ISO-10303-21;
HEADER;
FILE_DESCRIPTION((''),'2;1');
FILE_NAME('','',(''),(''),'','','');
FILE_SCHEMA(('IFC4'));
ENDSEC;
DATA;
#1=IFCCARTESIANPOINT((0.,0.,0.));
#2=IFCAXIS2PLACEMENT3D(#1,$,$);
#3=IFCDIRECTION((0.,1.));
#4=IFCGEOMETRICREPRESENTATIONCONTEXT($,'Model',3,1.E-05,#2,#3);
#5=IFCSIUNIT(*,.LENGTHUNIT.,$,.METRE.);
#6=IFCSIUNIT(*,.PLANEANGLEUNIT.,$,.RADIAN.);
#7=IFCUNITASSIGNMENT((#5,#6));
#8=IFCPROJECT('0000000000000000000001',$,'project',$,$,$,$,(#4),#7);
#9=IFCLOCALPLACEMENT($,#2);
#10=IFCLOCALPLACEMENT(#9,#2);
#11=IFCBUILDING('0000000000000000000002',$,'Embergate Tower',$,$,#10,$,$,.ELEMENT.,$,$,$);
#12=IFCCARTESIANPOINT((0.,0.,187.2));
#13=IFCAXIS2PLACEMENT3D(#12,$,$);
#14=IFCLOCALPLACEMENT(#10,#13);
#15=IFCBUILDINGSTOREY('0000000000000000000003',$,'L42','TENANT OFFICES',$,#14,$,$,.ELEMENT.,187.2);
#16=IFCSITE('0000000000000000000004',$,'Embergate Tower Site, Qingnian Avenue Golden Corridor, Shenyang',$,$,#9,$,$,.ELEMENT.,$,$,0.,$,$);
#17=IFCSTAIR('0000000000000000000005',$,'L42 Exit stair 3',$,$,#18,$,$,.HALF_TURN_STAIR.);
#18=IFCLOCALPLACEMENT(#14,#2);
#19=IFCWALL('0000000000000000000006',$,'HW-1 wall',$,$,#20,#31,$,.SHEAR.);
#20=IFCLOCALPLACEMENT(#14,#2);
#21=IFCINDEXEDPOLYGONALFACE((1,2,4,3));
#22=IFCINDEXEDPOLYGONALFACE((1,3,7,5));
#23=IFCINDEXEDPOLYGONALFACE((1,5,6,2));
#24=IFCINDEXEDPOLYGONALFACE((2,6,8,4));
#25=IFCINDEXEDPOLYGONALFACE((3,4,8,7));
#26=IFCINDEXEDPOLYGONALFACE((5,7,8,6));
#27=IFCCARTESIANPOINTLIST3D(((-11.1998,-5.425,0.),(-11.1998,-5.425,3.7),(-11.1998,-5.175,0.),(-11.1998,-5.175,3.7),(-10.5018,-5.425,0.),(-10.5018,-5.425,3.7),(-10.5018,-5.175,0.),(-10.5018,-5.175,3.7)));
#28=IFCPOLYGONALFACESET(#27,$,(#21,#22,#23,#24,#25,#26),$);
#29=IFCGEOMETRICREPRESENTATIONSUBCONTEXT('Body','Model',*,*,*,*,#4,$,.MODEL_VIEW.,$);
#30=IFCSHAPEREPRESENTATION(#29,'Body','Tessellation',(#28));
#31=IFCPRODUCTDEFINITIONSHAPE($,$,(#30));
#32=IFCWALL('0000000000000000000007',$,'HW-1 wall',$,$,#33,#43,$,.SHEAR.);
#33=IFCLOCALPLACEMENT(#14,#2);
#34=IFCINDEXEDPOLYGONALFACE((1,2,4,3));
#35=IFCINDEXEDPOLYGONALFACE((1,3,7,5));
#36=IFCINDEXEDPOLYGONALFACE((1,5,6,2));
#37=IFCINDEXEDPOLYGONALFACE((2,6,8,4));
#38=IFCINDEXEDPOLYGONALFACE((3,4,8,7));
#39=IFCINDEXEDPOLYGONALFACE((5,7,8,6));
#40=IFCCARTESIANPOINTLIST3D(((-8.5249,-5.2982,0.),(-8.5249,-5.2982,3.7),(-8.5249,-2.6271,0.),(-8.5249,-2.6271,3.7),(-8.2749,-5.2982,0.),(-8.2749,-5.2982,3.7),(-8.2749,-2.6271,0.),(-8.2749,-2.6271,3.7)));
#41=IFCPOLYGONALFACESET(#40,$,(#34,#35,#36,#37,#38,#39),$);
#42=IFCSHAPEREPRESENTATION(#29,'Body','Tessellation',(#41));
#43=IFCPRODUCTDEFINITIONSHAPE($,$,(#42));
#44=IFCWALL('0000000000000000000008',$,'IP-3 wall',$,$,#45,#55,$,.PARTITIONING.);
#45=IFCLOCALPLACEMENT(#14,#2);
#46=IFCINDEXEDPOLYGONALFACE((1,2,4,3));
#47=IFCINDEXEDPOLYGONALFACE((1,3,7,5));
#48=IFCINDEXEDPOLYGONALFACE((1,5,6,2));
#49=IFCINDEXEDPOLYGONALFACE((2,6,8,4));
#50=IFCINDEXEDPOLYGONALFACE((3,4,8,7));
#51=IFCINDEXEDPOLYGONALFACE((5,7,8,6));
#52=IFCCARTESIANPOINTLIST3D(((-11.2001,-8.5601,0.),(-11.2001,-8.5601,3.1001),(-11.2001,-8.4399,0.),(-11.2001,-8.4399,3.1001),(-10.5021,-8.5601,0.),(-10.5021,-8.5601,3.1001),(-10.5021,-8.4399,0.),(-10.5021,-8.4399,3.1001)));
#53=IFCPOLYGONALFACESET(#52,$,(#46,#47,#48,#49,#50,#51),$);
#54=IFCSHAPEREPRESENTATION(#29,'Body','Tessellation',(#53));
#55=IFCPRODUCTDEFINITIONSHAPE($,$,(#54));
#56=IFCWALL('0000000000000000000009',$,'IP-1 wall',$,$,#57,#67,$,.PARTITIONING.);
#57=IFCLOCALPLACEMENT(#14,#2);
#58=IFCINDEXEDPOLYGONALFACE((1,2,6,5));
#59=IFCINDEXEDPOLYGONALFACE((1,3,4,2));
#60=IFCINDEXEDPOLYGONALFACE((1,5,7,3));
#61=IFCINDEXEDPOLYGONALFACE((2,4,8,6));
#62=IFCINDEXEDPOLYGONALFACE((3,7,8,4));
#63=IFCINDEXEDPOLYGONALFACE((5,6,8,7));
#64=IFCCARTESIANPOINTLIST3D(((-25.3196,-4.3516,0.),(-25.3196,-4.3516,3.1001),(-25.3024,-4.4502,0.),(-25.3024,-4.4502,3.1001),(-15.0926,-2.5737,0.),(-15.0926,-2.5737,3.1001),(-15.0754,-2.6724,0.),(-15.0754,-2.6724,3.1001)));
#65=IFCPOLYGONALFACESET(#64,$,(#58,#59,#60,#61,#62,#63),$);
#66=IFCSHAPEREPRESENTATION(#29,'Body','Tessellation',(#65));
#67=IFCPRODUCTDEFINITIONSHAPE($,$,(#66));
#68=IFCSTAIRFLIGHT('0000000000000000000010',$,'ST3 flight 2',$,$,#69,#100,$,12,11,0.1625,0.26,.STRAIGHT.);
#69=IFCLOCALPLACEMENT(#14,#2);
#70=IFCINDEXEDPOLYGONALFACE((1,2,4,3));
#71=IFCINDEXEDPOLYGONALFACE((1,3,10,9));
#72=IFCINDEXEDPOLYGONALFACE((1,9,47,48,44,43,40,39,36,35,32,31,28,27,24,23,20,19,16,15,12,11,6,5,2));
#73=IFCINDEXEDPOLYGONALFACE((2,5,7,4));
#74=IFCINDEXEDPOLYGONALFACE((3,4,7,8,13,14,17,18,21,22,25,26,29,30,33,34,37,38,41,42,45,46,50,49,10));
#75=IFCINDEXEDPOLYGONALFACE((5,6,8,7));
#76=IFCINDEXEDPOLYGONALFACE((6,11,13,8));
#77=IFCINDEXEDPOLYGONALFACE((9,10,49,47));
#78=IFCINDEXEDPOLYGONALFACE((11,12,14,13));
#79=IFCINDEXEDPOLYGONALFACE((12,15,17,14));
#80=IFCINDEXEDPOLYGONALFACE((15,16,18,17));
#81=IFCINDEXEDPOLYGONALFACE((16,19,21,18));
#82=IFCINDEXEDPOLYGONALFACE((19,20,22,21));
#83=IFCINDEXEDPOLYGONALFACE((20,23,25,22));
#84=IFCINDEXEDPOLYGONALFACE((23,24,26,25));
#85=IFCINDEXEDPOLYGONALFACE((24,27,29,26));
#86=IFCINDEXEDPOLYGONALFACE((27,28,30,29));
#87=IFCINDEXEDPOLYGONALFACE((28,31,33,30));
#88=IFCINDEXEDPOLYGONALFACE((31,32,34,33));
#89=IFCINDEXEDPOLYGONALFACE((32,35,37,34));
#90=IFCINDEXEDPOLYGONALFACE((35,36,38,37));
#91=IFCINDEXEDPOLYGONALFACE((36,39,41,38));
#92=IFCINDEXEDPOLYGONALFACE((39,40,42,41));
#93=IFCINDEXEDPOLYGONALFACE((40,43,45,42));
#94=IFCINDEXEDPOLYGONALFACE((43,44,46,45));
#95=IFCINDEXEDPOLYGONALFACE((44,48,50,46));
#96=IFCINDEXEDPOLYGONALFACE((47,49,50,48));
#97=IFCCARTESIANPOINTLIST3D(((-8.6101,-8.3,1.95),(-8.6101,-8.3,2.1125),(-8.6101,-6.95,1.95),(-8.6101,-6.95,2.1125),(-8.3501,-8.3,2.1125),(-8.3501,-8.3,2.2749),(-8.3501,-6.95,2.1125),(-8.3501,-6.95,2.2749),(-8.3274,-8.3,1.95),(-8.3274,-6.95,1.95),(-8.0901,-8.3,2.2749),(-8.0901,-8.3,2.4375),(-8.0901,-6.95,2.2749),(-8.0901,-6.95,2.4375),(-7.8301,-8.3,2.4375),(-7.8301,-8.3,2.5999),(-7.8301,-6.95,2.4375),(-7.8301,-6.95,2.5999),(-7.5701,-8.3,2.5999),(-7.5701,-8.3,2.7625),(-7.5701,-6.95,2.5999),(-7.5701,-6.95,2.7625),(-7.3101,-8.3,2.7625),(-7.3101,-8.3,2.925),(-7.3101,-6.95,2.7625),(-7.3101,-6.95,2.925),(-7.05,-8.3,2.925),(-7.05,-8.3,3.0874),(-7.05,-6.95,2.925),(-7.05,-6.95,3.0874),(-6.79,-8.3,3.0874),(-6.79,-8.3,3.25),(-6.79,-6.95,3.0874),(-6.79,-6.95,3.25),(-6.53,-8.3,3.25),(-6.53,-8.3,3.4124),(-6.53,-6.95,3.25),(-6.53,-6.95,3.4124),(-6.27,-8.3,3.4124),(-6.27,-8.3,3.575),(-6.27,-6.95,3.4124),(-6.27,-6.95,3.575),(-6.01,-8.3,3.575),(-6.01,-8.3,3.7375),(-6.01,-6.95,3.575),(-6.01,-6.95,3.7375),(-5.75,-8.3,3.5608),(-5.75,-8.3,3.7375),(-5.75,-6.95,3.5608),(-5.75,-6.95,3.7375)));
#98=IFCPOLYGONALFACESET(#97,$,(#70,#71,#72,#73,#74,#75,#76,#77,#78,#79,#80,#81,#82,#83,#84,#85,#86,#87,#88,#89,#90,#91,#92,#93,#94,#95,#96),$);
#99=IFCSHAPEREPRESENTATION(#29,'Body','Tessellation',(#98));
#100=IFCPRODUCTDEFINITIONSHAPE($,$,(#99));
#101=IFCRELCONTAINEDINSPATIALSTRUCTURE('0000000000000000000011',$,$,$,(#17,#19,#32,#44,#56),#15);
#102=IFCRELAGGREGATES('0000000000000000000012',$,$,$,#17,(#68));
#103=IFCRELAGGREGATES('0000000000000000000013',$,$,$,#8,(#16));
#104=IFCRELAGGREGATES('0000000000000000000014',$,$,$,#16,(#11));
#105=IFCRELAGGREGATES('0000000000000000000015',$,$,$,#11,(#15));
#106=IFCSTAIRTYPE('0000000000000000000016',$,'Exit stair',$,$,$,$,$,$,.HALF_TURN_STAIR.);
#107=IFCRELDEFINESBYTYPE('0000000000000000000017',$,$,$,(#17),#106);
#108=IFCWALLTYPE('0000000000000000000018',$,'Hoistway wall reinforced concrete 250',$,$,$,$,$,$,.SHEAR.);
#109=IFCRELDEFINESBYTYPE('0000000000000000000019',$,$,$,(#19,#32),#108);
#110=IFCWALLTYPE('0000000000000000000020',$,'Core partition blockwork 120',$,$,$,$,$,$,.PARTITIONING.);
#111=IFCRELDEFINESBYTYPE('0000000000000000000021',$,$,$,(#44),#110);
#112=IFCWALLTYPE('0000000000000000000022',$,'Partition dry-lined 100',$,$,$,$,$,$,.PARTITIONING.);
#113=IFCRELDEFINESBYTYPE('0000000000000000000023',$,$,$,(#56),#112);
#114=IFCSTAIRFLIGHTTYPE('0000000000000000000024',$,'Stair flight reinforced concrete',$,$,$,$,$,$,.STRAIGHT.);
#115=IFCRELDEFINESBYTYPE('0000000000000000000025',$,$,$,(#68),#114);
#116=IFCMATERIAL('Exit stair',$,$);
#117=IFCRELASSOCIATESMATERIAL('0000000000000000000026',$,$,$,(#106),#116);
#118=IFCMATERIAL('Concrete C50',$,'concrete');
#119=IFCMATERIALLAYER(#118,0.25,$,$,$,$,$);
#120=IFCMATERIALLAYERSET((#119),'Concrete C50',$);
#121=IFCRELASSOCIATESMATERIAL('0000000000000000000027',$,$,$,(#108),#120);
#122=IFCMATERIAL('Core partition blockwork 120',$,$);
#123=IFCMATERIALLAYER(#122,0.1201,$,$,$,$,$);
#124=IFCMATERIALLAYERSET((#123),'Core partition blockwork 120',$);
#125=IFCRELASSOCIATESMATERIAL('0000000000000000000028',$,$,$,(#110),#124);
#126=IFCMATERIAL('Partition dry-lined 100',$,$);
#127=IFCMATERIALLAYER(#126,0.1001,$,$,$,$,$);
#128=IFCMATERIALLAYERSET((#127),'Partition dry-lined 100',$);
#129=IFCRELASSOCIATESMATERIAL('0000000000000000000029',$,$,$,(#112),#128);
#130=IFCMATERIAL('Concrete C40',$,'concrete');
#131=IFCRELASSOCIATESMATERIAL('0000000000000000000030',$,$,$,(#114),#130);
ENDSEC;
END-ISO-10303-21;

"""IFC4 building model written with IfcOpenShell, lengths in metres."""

from ifc_helpers import new_model, si_unit, direction, frame, frame_2d, origin, place, context, subcontext, project, spatial, polyline, rectangle, outline, extrude, source, transform, mapped, material, layer, layer_set, type_object, element, aggregate, save


model = new_model("IFC4")

# Units and contexts
model_context = context("Model", 3, precision=1e-05, world=origin(), true_north=direction((0.0, 1.0)))
body_context = subcontext(model_context, "Body", "Model", "MODEL_VIEW")
ifc_project = project(units=[si_unit("LENGTHUNIT", "METRE"), si_unit("PLANEANGLEUNIT", "RADIAN")], contexts=[model_context])

# Site, building, storey
site_placement = place(None, origin())
site = spatial("IfcSite", under=ifc_project, at=site_placement, Name="Embergate Tower Site, Qingnian Avenue Golden Corridor, Shenyang", CompositionType="ELEMENT", RefElevation=0.0)
building_placement = place(site_placement, origin())
building = spatial("IfcBuilding", under=site, at=building_placement, Name="Embergate Tower", CompositionType="ELEMENT")
storey_placement = place(building_placement, frame((0.0, 0.0, 187.2)))
storey = spatial("IfcBuildingStorey", under=building, at=storey_placement, Name="L42", Description="TENANT OFFICES", CompositionType="ELEMENT", Elevation=187.2)

# Stair
ifc_material_1 = material(Name="Exit stair")
stair_type = type_object("IfcStairType", Name="Exit stair", PredefinedType="HALF_TURN_STAIR", material=ifc_material_1)
stair_placement = place(storey_placement, origin())
stair = element("IfcStair", 1, at=stair_placement, inside=storey, type_object=stair_type, Name="L42 Exit stair 3", PredefinedType="HALF_TURN_STAIR")
ifc_material_2 = material(Name="Concrete C40", Category="concrete")

# Shared definitions
ifc_material_3 = material(Name="Concrete C50", Category="concrete")

# Shared definitions
ifc_layer_1 = layer(ifc_material_3, 0.25)
ifc_layer_set_1 = layer_set([ifc_layer_1], Name="Concrete C50")
wall_type_1 = type_object("IfcWallType", Name="Hoistway wall reinforced concrete 250", PredefinedType="SHEAR", material=ifc_layer_set_1)

# Walls
shared_shape_1 = source(origin(), body_context, "Body", "SweptSolid", [
    extrude(rectangle(XDim=0.698, YDim=0.25, at=frame_2d((0.3491, 0.0))), origin(), (0.0, 0.0, 1.0), 3.7),
])
wall_1_placement = place(storey_placement, frame((-11.2, -5.3, 0.0), z_axis=(0.0, 0.0, 1.0), x_axis=(1.0, 0.0, 0.0)))
element("IfcWall", 2, at=wall_1_placement, inside=storey, type_object=wall_type_1, Name="HW-1 wall", PredefinedType="SHEAR", context=body_context, shape_type="MappedRepresentation", body=[
    mapped(shared_shape_1, transform((0.0, 0.0, 0.0))),
])
shared_shape_2 = source(origin(), body_context, "Body", "SweptSolid", [
    extrude(rectangle(XDim=2.6711, YDim=0.25, at=frame_2d((1.3354, 0.0))), origin(), (0.0, 0.0, 1.0), 3.7),
])
wall_2_placement = place(storey_placement, frame((-8.3999, -5.2981, 0.0), z_axis=(0.0, 0.0, 1.0), x_axis=(0.0, 1.0, 0.0)))
element("IfcWall", 3, at=wall_2_placement, inside=storey, type_object=wall_type_1, Name="HW-1 wall", PredefinedType="SHEAR", context=body_context, shape_type="MappedRepresentation", body=[
    mapped(shared_shape_2, transform((0.0, 0.0, 0.0))),
])
ifc_material_4 = material(Name="Core partition blockwork 120")
ifc_layer_2 = layer(ifc_material_4, 0.1201)
ifc_layer_set_2 = layer_set([ifc_layer_2], Name="Core partition blockwork 120")
wall_type_2 = type_object("IfcWallType", Name="Core partition blockwork 120", PredefinedType="PARTITIONING", material=ifc_layer_set_2)
shared_shape_3 = source(origin(), body_context, "Body", "SweptSolid", [
    extrude(rectangle(XDim=0.698, YDim=0.1201, at=frame_2d((0.3491, 0.0))), origin(), (0.0, 0.0, 1.0), 3.1001),
])
wall_3_placement = place(storey_placement, frame((-10.502, -8.5, 0.0), z_axis=(0.0, 0.0, 1.0), x_axis=(-1.0, 0.0, 0.0)))
element("IfcWall", 4, at=wall_3_placement, inside=storey, type_object=wall_type_2, Name="IP-3 wall", PredefinedType="PARTITIONING", context=body_context, shape_type="MappedRepresentation", body=[
    mapped(shared_shape_3, transform((0.0, 0.0, 0.0))),
])
ifc_material_5 = material(Name="Partition dry-lined 100")
ifc_layer_3 = layer(ifc_material_5, 0.1001)
ifc_layer_set_3 = layer_set([ifc_layer_3], Name="Partition dry-lined 100")
wall_type_3 = type_object("IfcWallType", Name="Partition dry-lined 100", PredefinedType="PARTITIONING", material=ifc_layer_set_3)
shared_shape_4 = source(origin(), body_context, "Body", "SweptSolid", [
    extrude(rectangle(XDim=10.3804, YDim=0.1001, at=frame_2d((5.1902, 0.0))), origin(), (0.0, 0.0, 1.0), 3.1001),
])
wall_4_placement = place(storey_placement, frame((-15.084, -2.623, 0.0), z_axis=(0.0, 0.0, 1.0), x_axis=(-0.985225, -0.171268, 0.0)))
element("IfcWall", 5, at=wall_4_placement, inside=storey, type_object=wall_type_3, Name="IP-1 wall", PredefinedType="PARTITIONING", context=body_context, shape_type="MappedRepresentation", body=[
    mapped(shared_shape_4, transform((0.0, 0.0, 0.0))),
])

# Stair flight
stair_flight_type = type_object("IfcStairFlightType", Name="Stair flight reinforced concrete", PredefinedType="STRAIGHT", material=ifc_material_2)
shared_shape_5 = source(origin(), body_context, "Body", "SweptSolid", [
    extrude(outline(polyline([(0.0, 0.0), (0.0, 0.1626), (0.26, 0.1626), (0.26, 0.325), (0.52, 0.325), (0.52, 0.4875), (0.78, 0.4875), (0.78, 0.6499), (1.04, 0.6499), (1.04, 0.8125), (1.3, 0.8125), (1.3, 0.9751), (1.5601, 0.9751), (1.5601, 1.1375), (1.8201, 1.1375), (1.8201, 1.3), (2.0801, 1.3), (2.0801, 1.4624), (2.3401, 1.4624), (2.3401, 1.625), (2.6001, 1.625), (2.6001, 1.7876), (2.8601, 1.7876), (2.8601, 1.95), (2.8601, 1.6108), (0.2827, 0.0), (0.0, 0.0)])), frame((0.0, 0.675, 0.0), z_axis=(0.0, -1.0, 0.0), x_axis=(1.0, 0.0, 0.0)), (0.0, 0.0, 1.0), 1.3501),
])
stair_flight_placement = place(storey_placement, frame((-8.6101, -7.625, 1.95), z_axis=(0.0, 0.0, 1.0), x_axis=(1.0, 0.0, 0.0)))
stair_flight = element("IfcStairFlight", 6, at=stair_flight_placement, type_object=stair_flight_type, Name="ST3 flight 2", NumberOfRisers=12, NumberOfTreads=11, PredefinedType="STRAIGHT", RiserHeight=0.1625, TreadLength=0.26, context=body_context, shape_type="MappedRepresentation", body=[
    mapped(shared_shape_5, transform((0.0, 0.0, 0.0))),
])
aggregate(stair, [stair_flight])

save(model, "model.ifc")
